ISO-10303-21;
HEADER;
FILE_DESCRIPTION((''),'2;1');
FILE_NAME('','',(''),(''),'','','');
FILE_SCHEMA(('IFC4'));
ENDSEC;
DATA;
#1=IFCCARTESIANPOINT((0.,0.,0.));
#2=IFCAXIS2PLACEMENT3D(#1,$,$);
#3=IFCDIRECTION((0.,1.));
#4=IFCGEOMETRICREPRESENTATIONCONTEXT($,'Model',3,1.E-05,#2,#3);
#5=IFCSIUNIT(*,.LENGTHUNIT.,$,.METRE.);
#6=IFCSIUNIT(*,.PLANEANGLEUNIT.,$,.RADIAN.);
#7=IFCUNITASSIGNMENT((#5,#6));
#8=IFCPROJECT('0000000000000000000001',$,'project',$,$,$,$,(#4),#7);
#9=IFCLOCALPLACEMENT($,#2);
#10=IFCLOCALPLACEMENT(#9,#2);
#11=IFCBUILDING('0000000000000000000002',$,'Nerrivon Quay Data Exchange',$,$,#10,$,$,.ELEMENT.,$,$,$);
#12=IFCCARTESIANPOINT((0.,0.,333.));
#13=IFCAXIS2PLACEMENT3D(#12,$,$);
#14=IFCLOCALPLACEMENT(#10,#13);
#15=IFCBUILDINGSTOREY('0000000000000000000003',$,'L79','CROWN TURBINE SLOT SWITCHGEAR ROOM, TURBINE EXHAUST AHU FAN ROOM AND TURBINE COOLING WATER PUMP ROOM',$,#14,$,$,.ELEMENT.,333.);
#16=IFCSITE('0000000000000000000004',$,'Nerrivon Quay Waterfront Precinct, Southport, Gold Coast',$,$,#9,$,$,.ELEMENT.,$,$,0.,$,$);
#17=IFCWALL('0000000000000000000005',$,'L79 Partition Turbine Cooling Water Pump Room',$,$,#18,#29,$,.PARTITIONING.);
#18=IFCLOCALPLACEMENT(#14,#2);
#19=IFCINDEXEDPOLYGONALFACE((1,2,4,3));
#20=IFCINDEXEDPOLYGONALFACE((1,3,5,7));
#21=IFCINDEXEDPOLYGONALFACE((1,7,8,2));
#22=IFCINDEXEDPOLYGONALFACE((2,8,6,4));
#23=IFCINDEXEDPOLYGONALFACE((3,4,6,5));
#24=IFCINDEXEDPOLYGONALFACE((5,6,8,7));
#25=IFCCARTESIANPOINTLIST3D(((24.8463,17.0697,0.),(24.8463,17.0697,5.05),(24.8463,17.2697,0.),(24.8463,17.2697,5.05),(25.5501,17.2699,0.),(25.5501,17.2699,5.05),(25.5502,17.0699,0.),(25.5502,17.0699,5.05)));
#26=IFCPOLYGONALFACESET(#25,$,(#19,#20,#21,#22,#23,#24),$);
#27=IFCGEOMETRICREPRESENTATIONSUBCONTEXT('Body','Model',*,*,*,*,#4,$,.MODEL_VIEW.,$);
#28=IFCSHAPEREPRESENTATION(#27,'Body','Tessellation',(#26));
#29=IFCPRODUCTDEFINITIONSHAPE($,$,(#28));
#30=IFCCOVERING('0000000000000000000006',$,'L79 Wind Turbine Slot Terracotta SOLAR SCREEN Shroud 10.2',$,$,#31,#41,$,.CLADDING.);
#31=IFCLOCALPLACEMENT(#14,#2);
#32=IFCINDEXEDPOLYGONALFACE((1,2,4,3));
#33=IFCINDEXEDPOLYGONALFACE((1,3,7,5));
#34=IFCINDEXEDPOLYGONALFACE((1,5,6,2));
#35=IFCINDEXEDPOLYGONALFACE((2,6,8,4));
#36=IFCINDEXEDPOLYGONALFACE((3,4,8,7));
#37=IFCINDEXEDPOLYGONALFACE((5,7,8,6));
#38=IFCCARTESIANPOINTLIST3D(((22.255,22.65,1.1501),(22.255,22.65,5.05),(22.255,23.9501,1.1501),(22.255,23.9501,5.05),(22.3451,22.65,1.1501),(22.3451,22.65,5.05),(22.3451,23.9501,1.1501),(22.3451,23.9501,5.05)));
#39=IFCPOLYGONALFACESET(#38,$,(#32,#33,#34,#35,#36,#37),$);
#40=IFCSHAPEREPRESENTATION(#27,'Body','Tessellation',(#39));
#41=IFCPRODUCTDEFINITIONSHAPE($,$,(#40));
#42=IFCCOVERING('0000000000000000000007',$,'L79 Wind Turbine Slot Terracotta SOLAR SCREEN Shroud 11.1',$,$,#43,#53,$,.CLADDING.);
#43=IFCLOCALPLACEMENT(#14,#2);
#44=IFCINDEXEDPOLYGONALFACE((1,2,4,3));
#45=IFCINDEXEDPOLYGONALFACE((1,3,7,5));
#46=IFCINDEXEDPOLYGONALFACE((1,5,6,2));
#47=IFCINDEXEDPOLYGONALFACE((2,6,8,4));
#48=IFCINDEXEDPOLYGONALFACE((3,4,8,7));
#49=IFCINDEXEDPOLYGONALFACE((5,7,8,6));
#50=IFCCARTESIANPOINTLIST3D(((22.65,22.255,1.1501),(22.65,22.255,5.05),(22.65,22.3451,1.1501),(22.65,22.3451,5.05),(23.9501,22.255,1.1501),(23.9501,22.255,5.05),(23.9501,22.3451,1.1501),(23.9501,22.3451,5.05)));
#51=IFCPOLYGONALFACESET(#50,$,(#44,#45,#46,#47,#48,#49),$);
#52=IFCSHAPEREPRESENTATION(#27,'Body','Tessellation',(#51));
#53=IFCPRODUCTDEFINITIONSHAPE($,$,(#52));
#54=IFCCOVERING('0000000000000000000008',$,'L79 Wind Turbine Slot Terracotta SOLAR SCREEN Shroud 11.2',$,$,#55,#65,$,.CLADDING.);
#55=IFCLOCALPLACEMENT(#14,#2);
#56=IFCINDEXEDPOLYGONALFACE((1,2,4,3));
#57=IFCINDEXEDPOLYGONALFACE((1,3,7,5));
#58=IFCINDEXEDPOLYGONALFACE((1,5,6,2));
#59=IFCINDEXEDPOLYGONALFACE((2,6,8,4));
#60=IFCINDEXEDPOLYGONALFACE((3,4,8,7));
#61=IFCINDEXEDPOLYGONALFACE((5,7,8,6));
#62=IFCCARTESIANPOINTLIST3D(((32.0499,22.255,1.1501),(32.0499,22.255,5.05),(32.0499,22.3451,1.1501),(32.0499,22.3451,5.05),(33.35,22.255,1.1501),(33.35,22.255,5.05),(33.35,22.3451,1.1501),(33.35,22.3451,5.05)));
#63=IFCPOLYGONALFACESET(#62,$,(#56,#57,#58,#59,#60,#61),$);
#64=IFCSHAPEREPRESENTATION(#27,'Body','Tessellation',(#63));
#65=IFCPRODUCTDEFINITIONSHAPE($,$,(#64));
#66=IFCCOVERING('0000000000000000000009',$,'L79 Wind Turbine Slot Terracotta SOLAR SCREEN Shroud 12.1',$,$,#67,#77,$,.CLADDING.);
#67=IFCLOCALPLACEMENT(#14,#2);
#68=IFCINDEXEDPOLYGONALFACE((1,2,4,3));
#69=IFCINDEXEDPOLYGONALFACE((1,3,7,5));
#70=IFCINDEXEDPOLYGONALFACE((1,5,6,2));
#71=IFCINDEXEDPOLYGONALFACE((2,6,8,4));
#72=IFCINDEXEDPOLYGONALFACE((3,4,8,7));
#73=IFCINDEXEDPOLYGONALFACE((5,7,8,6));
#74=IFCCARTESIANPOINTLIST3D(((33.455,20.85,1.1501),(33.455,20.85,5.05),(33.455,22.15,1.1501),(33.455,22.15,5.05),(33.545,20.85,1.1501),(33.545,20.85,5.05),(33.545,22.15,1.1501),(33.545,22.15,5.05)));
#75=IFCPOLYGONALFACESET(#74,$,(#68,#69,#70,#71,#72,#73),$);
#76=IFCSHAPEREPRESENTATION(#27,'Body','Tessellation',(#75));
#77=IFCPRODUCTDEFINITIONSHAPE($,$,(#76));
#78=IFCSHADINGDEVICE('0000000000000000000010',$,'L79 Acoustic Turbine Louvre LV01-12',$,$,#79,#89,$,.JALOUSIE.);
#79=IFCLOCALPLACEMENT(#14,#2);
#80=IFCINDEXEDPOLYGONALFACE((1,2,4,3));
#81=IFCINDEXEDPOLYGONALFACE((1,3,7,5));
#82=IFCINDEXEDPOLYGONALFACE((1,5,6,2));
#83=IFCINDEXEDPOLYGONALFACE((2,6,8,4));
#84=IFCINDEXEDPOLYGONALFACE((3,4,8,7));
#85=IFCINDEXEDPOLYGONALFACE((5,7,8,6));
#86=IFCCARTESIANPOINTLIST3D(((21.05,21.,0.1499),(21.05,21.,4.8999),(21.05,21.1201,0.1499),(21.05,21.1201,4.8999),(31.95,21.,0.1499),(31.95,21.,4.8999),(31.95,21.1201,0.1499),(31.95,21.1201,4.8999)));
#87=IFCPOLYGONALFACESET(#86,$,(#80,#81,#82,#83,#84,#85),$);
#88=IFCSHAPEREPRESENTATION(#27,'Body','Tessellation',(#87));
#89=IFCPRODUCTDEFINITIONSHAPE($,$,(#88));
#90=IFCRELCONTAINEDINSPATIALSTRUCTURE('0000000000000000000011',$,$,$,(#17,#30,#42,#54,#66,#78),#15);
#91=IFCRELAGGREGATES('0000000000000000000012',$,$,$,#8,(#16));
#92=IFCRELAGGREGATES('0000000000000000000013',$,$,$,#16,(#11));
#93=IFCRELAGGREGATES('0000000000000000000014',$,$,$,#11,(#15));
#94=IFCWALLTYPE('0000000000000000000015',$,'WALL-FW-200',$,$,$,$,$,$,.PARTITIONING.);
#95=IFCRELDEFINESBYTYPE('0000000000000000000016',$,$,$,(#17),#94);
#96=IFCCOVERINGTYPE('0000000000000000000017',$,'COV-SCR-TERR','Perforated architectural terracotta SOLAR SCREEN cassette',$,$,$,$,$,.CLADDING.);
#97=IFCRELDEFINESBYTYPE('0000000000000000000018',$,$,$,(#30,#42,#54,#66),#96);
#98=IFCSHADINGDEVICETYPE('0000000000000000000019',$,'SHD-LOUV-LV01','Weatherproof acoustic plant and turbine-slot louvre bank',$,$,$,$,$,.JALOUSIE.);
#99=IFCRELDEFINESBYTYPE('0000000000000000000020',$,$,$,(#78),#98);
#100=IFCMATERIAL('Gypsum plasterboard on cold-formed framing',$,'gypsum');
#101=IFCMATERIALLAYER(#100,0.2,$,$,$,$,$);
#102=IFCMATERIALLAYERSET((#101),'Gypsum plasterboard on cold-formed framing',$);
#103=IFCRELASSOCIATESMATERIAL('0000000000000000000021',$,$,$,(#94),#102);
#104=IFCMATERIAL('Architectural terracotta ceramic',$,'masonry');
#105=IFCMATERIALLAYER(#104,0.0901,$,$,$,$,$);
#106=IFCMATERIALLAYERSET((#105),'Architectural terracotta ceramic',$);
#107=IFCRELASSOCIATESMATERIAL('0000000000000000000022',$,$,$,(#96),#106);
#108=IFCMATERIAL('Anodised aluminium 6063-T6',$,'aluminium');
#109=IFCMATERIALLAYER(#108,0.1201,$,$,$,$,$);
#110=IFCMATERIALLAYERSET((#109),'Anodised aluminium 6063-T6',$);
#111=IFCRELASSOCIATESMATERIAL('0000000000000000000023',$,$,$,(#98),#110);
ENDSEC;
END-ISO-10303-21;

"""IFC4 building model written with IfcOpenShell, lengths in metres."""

from ifc_helpers import new_model, si_unit, direction, frame, frame_2d, origin, origin_2d, place, context, subcontext, project, spatial, rectangle, extrude, material, layer, layer_set, type_object, element, save


model = new_model("IFC4")

# Units and contexts
model_context = context("Model", 3, precision=1e-05, world=origin(), true_north=direction((0.0, 1.0)))
body_context = subcontext(model_context, "Body", "Model", "MODEL_VIEW")
ifc_project = project(units=[si_unit("LENGTHUNIT", "METRE"), si_unit("PLANEANGLEUNIT", "RADIAN")], contexts=[model_context])

# Site, building, storey
site_placement = place(None, origin())
site = spatial("IfcSite", under=ifc_project, at=site_placement, Name="Nerrivon Quay Waterfront Precinct, Southport, Gold Coast", CompositionType="ELEMENT", RefElevation=0.0)
building_placement = place(site_placement, origin())
building = spatial("IfcBuilding", under=site, at=building_placement, Name="Nerrivon Quay Data Exchange", CompositionType="ELEMENT")
storey_placement = place(building_placement, frame((0.0, 0.0, 333.0)))
storey = spatial("IfcBuildingStorey", under=building, at=storey_placement, Name="L79", Description="CROWN TURBINE SLOT SWITCHGEAR ROOM, TURBINE EXHAUST AHU FAN ROOM AND TURBINE COOLING WATER PUMP ROOM", CompositionType="ELEMENT", Elevation=333.0)

# Shared definitions
ifc_material_1 = material(Name="Gypsum plasterboard on cold-formed framing", Category="gypsum")
ifc_layer_1 = layer(ifc_material_1, 0.2)
ifc_layer_set_1 = layer_set([ifc_layer_1], Name="Gypsum plasterboard on cold-formed framing")
wall_type_1 = type_object("IfcWallType", Name="WALL-FW-200", PredefinedType="PARTITIONING", material=ifc_layer_set_1)

# Wall
wall_1_placement = place(storey_placement, frame((24.8462, 17.1697, 0.0), z_axis=(0.0, 0.0, 1.0), x_axis=(1.0, 0.000347, 0.0)))
element("IfcWall", 1, at=wall_1_placement, inside=storey, type_object=wall_type_1, Name="L79 Partition Turbine Cooling Water Pump Room", PredefinedType="PARTITIONING", context=body_context, shape_type="SweptSolid", body=[
    extrude(rectangle(XDim=0.7039, YDim=0.2, at=frame_2d((0.3521, 0.0))), origin(), (0.0, 0.0, 1.0), 5.05),
])

# Coverings
ifc_material_2 = material(Name="Architectural terracotta ceramic", Category="masonry")
ifc_layer_2 = layer(ifc_material_2, 0.0901)
ifc_layer_set_2 = layer_set([ifc_layer_2], Name="Architectural terracotta ceramic")
covering_type = type_object("IfcCoveringType", Name="COV-SCR-TERR", Description="Perforated architectural terracotta SOLAR SCREEN cassette", PredefinedType="CLADDING", material=ifc_layer_set_2)
for number, where, z_axis, x_axis, name in (
    (2, (22.3, 23.3, 1.1501), (0.0, 0.0, 1.0), (0.0, -1.0, 0.0), "L79 Wind Turbine Slot Terracotta SOLAR SCREEN Shroud 10.2"),
    (3, (23.3, 22.3, 1.1501), (0.0, 0.0, 1.0), (1.0, 0.0, 0.0), "L79 Wind Turbine Slot Terracotta SOLAR SCREEN Shroud 11.1"),
    (4, (32.7, 22.3, 1.1501), (0.0, 0.0, 1.0), (1.0, 0.0, 0.0), "L79 Wind Turbine Slot Terracotta SOLAR SCREEN Shroud 11.2"),
    (5, (33.5, 21.5, 1.1501), (0.0, 0.0, 1.0), (0.0, -1.0, 0.0), "L79 Wind Turbine Slot Terracotta SOLAR SCREEN Shroud 12.1"),
):
    element("IfcCovering", number, at=place(storey_placement, frame(where, z_axis=z_axis, x_axis=x_axis)), inside=storey, type_object=covering_type, Name=name, PredefinedType="CLADDING", context=body_context, shape_type="SweptSolid", body=[
        extrude(rectangle(XDim=1.3, YDim=0.0901, at=origin_2d()), origin(), (0.0, 0.0, 1.0), 3.8999),
    ])

# Shading device
ifc_material_3 = material(Name="Anodised aluminium 6063-T6", Category="aluminium")
ifc_layer_3 = layer(ifc_material_3, 0.1201)
ifc_layer_set_3 = layer_set([ifc_layer_3], Name="Anodised aluminium 6063-T6")
shading_device_type = type_object("IfcShadingDeviceType", Name="SHD-LOUV-LV01", Description="Weatherproof acoustic plant and turbine-slot louvre bank", PredefinedType="JALOUSIE", material=ifc_layer_set_3)
shading_device_placement = place(storey_placement, frame((26.5, 21.0601, 0.1499), z_axis=(0.0, 0.0, 1.0), x_axis=(1.0, 0.0, 0.0)))
element("IfcShadingDevice", 6, at=shading_device_placement, inside=storey, type_object=shading_device_type, Name="L79 Acoustic Turbine Louvre LV01-12", PredefinedType="JALOUSIE", context=body_context, shape_type="SweptSolid", body=[
    extrude(rectangle(XDim=10.8999, YDim=0.1201, at=origin_2d()), origin(), (0.0, 0.0, 1.0), 4.75),
])

save(model, "model.ifc")
